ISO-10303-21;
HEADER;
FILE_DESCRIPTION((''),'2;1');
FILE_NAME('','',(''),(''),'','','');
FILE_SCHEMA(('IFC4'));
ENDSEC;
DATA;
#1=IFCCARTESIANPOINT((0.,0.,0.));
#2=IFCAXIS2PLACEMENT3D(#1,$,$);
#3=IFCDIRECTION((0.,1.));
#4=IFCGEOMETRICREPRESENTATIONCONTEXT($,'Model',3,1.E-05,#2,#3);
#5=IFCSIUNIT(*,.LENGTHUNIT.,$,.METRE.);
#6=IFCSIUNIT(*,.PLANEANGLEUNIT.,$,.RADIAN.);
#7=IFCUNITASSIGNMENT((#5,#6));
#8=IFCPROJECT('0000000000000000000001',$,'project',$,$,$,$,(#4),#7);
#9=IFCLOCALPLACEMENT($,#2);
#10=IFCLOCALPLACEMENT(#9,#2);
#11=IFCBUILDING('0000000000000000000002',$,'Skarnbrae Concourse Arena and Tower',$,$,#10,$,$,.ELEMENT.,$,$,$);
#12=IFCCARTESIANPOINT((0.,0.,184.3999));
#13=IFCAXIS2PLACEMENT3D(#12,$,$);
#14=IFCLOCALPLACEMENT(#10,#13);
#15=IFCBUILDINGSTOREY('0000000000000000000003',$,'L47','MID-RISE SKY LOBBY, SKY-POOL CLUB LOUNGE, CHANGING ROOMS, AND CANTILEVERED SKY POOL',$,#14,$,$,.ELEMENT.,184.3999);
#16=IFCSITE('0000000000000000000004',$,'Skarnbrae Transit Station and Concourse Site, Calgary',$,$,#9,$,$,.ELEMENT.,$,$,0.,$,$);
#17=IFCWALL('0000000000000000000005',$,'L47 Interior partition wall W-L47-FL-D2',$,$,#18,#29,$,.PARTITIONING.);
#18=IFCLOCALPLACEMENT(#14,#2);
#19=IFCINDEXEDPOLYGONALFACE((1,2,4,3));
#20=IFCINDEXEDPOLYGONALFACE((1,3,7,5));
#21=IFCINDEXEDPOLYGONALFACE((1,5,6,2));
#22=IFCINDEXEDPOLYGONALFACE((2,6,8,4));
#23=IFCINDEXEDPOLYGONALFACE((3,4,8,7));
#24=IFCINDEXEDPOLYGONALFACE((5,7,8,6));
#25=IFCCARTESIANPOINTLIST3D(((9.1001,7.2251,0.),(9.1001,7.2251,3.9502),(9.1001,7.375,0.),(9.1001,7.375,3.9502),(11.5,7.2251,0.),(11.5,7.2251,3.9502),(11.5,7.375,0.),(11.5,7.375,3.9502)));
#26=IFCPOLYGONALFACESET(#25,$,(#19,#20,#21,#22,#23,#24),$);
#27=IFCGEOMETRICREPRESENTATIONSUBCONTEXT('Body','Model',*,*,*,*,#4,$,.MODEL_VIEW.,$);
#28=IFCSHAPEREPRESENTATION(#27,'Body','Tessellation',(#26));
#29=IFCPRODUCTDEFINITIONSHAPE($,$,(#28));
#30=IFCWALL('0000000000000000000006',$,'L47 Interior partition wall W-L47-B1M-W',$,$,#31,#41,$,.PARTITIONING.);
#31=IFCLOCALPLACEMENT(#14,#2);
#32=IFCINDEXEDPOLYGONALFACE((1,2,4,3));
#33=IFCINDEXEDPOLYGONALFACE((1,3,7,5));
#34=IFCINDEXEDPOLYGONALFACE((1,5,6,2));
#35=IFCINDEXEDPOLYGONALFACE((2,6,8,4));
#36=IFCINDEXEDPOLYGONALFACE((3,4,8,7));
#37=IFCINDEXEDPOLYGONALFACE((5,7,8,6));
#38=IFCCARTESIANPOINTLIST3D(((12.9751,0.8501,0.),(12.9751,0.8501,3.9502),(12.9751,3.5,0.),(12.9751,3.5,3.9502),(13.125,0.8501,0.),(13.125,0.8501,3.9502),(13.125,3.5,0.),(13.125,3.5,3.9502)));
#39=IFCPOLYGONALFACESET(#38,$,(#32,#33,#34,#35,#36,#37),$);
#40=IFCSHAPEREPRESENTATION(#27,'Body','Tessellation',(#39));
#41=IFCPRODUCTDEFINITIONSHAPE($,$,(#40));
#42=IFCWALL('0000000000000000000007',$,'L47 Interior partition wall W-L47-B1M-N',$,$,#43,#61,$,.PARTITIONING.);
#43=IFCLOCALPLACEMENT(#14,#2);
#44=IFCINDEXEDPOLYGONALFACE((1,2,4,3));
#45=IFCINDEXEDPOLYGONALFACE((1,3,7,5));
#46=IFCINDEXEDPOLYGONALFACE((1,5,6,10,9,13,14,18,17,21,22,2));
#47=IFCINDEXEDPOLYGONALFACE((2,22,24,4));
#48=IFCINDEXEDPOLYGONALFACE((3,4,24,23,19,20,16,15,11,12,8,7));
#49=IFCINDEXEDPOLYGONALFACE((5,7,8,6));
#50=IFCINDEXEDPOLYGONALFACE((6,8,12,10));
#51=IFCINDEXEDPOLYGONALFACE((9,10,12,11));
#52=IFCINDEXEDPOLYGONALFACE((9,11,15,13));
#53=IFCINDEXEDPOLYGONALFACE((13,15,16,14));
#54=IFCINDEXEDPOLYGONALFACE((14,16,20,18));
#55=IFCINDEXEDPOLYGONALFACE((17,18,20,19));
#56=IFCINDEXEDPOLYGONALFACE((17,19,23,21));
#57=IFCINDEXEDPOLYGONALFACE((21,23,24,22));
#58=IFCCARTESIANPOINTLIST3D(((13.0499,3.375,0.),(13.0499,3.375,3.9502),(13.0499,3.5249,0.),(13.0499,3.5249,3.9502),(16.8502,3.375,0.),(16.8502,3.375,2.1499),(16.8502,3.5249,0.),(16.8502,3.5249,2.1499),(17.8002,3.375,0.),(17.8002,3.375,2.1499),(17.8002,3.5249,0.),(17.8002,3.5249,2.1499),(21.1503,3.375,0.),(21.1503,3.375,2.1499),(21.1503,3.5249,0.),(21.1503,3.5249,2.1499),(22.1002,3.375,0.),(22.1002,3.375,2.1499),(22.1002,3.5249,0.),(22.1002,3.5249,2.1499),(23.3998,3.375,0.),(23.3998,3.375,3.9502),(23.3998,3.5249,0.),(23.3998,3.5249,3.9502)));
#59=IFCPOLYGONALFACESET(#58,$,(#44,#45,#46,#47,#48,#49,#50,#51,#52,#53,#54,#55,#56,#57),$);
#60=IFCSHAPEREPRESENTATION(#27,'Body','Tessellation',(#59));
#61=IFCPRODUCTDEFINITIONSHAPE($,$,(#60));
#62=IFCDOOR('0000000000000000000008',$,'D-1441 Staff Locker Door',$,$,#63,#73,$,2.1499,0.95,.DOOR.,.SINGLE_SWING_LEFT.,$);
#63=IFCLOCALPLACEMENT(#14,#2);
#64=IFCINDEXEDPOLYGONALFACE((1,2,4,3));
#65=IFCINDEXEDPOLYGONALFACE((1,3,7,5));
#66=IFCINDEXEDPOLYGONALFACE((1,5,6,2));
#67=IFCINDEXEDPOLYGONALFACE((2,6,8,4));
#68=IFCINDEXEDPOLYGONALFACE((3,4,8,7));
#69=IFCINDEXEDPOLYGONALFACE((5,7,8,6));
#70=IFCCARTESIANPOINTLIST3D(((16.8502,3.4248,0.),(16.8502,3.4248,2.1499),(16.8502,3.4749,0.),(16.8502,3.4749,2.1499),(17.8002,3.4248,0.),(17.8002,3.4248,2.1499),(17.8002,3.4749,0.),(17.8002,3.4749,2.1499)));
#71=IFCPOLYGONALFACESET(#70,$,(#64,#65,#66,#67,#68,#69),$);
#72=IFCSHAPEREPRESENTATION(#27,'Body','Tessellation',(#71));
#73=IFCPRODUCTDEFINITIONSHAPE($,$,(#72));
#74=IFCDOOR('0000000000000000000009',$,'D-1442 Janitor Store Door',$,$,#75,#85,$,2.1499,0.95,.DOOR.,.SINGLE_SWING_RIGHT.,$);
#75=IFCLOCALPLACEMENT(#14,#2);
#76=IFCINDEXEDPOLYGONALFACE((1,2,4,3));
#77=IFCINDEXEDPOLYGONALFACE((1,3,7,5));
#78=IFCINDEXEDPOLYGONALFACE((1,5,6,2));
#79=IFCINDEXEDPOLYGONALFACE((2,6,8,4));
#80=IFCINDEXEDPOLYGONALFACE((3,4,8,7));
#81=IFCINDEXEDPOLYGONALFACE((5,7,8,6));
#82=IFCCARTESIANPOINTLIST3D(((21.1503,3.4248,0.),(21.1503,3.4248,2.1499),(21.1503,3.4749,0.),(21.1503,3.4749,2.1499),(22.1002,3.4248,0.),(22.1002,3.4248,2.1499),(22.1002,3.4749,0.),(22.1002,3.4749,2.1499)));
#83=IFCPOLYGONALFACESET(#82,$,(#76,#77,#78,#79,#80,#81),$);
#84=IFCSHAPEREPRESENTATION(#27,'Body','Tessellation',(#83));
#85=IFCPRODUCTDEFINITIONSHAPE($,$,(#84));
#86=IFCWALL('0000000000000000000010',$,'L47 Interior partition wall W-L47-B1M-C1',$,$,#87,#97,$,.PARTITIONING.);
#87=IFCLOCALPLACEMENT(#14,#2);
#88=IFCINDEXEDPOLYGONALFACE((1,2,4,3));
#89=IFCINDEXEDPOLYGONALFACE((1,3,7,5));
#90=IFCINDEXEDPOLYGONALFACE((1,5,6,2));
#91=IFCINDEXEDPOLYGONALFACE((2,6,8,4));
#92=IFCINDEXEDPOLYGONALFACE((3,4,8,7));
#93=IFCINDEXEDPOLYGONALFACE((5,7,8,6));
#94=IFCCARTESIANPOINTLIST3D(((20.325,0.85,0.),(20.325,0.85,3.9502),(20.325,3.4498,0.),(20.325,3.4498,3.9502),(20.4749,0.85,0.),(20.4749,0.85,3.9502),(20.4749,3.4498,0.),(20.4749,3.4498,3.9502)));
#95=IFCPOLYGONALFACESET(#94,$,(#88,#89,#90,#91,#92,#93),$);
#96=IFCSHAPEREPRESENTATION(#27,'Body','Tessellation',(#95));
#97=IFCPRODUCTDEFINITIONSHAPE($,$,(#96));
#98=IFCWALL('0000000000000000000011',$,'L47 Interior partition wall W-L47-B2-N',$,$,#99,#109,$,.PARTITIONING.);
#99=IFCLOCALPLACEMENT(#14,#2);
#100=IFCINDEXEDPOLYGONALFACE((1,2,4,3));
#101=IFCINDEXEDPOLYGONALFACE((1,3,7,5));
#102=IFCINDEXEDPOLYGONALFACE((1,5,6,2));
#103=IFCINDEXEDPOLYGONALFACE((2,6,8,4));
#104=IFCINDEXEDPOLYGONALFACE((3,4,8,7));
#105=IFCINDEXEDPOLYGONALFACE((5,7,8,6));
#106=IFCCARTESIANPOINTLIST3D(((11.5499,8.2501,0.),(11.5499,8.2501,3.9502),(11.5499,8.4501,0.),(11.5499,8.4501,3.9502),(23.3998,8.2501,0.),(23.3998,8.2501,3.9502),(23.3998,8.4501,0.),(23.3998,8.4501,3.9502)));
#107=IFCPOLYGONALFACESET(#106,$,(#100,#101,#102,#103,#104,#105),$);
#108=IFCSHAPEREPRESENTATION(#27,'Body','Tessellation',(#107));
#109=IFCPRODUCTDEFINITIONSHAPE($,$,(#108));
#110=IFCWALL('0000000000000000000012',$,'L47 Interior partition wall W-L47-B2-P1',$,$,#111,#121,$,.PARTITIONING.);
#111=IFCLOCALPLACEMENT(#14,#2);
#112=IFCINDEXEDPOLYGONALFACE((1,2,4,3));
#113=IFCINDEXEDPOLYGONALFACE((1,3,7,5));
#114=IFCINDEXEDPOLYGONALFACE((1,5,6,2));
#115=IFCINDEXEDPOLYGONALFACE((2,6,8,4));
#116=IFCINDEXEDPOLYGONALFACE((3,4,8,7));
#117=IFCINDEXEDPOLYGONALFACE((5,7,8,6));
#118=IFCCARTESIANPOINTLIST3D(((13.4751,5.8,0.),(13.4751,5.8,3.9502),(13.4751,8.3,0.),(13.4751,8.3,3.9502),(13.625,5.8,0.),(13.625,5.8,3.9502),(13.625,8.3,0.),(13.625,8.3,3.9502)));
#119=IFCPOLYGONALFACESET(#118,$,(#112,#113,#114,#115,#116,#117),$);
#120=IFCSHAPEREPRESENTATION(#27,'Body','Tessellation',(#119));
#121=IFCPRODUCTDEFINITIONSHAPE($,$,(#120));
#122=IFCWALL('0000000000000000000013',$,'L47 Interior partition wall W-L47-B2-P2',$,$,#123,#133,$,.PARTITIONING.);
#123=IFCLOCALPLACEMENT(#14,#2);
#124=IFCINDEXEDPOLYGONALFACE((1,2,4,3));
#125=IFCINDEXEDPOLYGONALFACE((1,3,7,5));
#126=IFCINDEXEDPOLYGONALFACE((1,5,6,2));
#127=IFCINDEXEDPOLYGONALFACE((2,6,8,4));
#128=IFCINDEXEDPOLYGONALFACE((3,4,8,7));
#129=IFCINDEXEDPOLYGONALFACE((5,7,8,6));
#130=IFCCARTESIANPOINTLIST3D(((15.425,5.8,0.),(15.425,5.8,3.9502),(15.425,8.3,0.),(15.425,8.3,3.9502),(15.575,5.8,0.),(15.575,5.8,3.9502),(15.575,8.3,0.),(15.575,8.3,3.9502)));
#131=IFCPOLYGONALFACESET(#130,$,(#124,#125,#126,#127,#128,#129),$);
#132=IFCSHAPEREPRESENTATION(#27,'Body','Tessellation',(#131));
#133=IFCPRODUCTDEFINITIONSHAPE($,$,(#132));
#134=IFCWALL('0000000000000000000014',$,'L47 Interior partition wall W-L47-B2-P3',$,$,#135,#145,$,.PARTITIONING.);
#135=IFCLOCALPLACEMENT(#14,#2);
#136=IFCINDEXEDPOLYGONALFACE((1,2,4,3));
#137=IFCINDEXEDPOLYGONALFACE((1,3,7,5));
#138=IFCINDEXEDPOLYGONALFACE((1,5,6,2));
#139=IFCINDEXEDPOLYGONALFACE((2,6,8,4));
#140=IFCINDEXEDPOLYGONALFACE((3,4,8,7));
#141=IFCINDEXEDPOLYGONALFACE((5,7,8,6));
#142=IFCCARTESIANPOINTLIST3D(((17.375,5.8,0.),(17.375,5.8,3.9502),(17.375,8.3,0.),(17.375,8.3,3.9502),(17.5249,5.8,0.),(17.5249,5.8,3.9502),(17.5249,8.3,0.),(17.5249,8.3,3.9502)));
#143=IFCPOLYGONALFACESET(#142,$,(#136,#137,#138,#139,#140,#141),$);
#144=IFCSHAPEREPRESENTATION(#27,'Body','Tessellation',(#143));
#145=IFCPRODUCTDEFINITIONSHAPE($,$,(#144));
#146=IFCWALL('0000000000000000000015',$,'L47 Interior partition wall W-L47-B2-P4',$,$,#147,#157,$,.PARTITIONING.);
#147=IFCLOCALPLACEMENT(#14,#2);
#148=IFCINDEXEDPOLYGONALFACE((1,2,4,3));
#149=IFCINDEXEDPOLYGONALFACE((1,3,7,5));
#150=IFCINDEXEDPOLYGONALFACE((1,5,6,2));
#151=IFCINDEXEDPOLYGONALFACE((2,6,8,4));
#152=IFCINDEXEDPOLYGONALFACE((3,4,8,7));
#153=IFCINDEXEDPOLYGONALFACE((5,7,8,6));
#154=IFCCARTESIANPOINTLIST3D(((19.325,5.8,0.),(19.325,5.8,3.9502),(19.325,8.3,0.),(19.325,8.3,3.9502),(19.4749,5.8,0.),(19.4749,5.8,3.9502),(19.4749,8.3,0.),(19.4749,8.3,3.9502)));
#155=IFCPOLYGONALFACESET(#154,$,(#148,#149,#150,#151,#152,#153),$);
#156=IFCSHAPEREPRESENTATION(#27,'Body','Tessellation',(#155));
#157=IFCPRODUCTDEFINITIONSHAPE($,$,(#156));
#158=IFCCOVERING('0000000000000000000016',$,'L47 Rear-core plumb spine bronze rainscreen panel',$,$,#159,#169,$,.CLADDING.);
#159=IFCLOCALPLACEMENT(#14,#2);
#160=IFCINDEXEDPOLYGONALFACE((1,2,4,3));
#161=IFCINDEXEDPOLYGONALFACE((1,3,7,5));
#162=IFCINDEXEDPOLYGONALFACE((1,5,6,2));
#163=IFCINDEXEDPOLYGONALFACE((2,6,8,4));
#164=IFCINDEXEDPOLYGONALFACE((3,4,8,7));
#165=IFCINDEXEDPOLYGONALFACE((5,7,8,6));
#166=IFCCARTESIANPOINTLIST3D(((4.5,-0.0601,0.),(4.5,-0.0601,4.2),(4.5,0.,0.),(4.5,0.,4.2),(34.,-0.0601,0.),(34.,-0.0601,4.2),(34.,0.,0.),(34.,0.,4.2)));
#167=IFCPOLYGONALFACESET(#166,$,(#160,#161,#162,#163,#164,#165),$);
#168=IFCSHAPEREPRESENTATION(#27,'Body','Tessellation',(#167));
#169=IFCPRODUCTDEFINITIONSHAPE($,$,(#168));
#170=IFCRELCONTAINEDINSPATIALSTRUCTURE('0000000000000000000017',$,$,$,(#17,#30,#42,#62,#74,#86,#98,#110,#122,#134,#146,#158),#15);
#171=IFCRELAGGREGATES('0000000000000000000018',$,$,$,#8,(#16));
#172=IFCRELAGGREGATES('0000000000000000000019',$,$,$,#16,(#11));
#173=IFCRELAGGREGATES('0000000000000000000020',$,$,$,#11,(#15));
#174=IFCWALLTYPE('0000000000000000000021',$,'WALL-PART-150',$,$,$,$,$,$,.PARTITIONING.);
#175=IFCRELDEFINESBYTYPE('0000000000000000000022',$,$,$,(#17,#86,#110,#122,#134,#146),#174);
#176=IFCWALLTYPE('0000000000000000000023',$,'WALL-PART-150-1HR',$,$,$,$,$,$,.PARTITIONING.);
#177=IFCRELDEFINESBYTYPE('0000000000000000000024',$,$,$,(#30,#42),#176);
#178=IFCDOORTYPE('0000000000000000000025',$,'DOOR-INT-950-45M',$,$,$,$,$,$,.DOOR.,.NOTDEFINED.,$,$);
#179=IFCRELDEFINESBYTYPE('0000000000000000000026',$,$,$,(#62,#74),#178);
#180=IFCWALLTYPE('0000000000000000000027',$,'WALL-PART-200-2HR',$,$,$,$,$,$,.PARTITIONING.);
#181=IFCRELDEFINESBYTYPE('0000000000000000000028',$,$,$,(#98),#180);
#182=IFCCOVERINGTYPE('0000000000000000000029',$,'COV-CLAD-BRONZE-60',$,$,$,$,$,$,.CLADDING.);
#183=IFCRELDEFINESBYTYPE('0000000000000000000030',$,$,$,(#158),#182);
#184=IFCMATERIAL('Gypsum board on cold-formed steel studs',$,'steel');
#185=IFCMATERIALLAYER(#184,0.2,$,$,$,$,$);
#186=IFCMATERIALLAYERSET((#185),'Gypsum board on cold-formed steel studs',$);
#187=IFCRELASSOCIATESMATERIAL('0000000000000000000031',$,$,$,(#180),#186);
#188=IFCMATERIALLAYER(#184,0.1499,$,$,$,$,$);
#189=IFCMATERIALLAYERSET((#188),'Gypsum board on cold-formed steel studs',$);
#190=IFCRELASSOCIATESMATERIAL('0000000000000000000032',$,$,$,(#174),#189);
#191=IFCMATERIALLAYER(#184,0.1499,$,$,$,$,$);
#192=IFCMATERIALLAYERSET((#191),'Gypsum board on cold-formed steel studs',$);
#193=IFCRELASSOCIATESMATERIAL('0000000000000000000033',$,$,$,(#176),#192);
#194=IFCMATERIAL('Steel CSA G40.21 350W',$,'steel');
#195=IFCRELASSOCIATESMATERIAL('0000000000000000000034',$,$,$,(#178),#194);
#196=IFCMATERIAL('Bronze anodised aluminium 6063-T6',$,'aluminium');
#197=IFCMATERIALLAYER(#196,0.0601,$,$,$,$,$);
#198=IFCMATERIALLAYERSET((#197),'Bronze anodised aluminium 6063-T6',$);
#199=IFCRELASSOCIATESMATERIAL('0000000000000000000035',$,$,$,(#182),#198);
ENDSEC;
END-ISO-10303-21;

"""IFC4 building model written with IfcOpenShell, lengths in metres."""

from ifc_helpers import new_model, si_unit, direction, frame, frame_2d, origin, origin_2d, place, context, subcontext, project, spatial, rectangle, extrude, source, transform, mapped, material, layer, layer_set, type_object, element, fill, save


model = new_model("IFC4")

# Units and contexts
model_context = context("Model", 3, precision=1e-05, world=origin(), true_north=direction((0.0, 1.0)))
body_context = subcontext(model_context, "Body", "Model", "MODEL_VIEW")
ifc_project = project(units=[si_unit("LENGTHUNIT", "METRE"), si_unit("PLANEANGLEUNIT", "RADIAN")], contexts=[model_context])

# Site, building, storey
site_placement = place(None, origin())
site = spatial("IfcSite", under=ifc_project, at=site_placement, Name="Skarnbrae Transit Station and Concourse Site, Calgary", CompositionType="ELEMENT", RefElevation=0.0)
building_placement = place(site_placement, origin())
building = spatial("IfcBuilding", under=site, at=building_placement, Name="Skarnbrae Concourse Arena and Tower", CompositionType="ELEMENT")
storey_placement = place(building_placement, frame((0.0, 0.0, 184.3999)))
storey = spatial("IfcBuildingStorey", under=building, at=storey_placement, Name="L47", Description="MID-RISE SKY LOBBY, SKY-POOL CLUB LOUNGE, CHANGING ROOMS, AND CANTILEVERED SKY POOL", CompositionType="ELEMENT", Elevation=184.3999)

# Shared definitions
ifc_material_1 = material(Name="Gypsum board on cold-formed steel studs", Category="steel")
ifc_layer_1 = layer(ifc_material_1, 0.2)
ifc_layer_set_1 = layer_set([ifc_layer_1], Name="Gypsum board on cold-formed steel studs")
wall_type_1 = type_object("IfcWallType", Name="WALL-PART-200-2HR", PredefinedType="PARTITIONING", material=ifc_layer_set_1)
ifc_material_2 = material(Name="Steel CSA G40.21 350W", Category="steel")

# Walls
ifc_layer_2 = layer(ifc_material_1, 0.1499)
ifc_layer_set_2 = layer_set([ifc_layer_2], Name="Gypsum board on cold-formed steel studs")
wall_type_2 = type_object("IfcWallType", Name="WALL-PART-150", PredefinedType="PARTITIONING", material=ifc_layer_set_2)
shared_shape_1 = source(origin(), body_context, "Body", "SweptSolid", [
    extrude(rectangle(XDim=2.3999, YDim=0.1499, at=frame_2d((1.2, 0.0))), origin(), (0.0, 0.0, 1.0), 3.9502),
])
wall_1_placement = place(storey_placement, frame((9.1001, 7.3, 0.0), z_axis=(0.0, 0.0, 1.0), x_axis=(1.0, 0.0, 0.0)))
element("IfcWall", 1, at=wall_1_placement, inside=storey, type_object=wall_type_2, Name="L47 Interior partition wall W-L47-FL-D2", PredefinedType="PARTITIONING", context=body_context, shape_type="MappedRepresentation", body=[
    mapped(shared_shape_1, transform((0.0, 0.0, 0.0))),
])
ifc_layer_3 = layer(ifc_material_1, 0.1499)
ifc_layer_set_3 = layer_set([ifc_layer_3], Name="Gypsum board on cold-formed steel studs")
wall_type_3 = type_object("IfcWallType", Name="WALL-PART-150-1HR", PredefinedType="PARTITIONING", material=ifc_layer_set_3)
shared_shape_2 = source(origin(), body_context, "Body", "SweptSolid", [
    extrude(rectangle(XDim=2.6499, YDim=0.1499, at=frame_2d((1.325, 0.0))), origin(), (0.0, 0.0, 1.0), 3.9502),
])
wall_2_placement = place(storey_placement, frame((13.05, 0.8501, 0.0), z_axis=(0.0, 0.0, 1.0), x_axis=(0.0, 1.0, 0.0)))
element("IfcWall", 2, at=wall_2_placement, inside=storey, type_object=wall_type_3, Name="L47 Interior partition wall W-L47-B1M-W", PredefinedType="PARTITIONING", context=body_context, shape_type="MappedRepresentation", body=[
    mapped(shared_shape_2, transform((0.0, 0.0, 0.0))),
])

# Wall, openings, doors
shared_shape_3 = source(origin(), body_context, "Body", "SweptSolid", [
    extrude(rectangle(XDim=10.3499, YDim=0.1499, at=frame_2d((5.1748, 0.0))), origin(), (0.0, 0.0, 1.0), 3.9502),
])
wall_3_placement = place(storey_placement, frame((13.05, 3.45, 0.0), z_axis=(0.0, 0.0, 1.0), x_axis=(1.0, 0.0, 0.0)))
wall_3 = element("IfcWall", 3, at=wall_3_placement, inside=storey, type_object=wall_type_3, Name="L47 Interior partition wall W-L47-B1M-N", PredefinedType="PARTITIONING", context=body_context, shape_type="MappedRepresentation", body=[
    mapped(shared_shape_3, transform((0.0, 0.0, 0.0))),
])
opening_1_placement = place(wall_3_placement, frame((3.8, 0.0, 0.0)))
opening_1 = element("IfcOpeningElement", 4, at=opening_1_placement, cuts=wall_3, PredefinedType="OPENING", context=body_context, shape_type="SweptSolid", body=[
    extrude(rectangle(XDim=0.95, YDim=2.1499, at=frame_2d((0.4751, 1.075))), frame((0.0, 0.085, 0.0), z_axis=(0.0, -1.0, 0.0), x_axis=(1.0, 0.0, 0.0)), (0.0, 0.0, 1.0), 0.1699),
])
opening_2_placement = place(wall_3_placement, frame((8.1001, 0.0, 0.0)))
opening_2 = element("IfcOpeningElement", 5, at=opening_2_placement, cuts=wall_3, PredefinedType="OPENING", context=body_context, shape_type="SweptSolid", body=[
    extrude(rectangle(XDim=0.95, YDim=2.1499, at=frame_2d((0.4751, 1.075))), frame((0.0, 0.085, 0.0), z_axis=(0.0, -1.0, 0.0), x_axis=(1.0, 0.0, 0.0)), (0.0, 0.0, 1.0), 0.1699),
])
door_type_1 = type_object("IfcDoorType", Name="DOOR-INT-950-45M", OperationType="NOTDEFINED", PredefinedType="DOOR", material=ifc_material_2)
shared_shape_4 = source(origin(), body_context, "Body", "SweptSolid", [
    extrude(rectangle(XDim=0.95, YDim=2.1499, at=frame_2d((0.4751, 1.075))), frame((0.0, 0.0249, 0.0), z_axis=(0.0, -1.0, 0.0), x_axis=(1.0, 0.0, 0.0)), (0.0, 0.0, 1.0), 0.05),
])
door_1_placement = place(opening_1_placement, origin())
door_1 = element("IfcDoor", 6, at=door_1_placement, inside=storey, type_object=door_type_1, Name="D-1441 Staff Locker Door", OperationType="SINGLE_SWING_LEFT", OverallHeight=2.1499, OverallWidth=0.95, PredefinedType="DOOR", context=body_context, shape_type="MappedRepresentation", body=[
    mapped(shared_shape_4, transform((0.0, 0.0, 0.0))),
])
fill(opening_1, door_1)
door_2_placement = place(opening_2_placement, origin())
door_2 = element("IfcDoor", 7, at=door_2_placement, inside=storey, type_object=door_type_1, Name="D-1442 Janitor Store Door", OperationType="SINGLE_SWING_RIGHT", OverallHeight=2.1499, OverallWidth=0.95, PredefinedType="DOOR", context=body_context, shape_type="MappedRepresentation", body=[
    mapped(shared_shape_4, transform((0.0, 0.0, 0.0))),
])
fill(opening_2, door_2)

# Wall
shared_shape_5 = source(origin(), body_context, "Body", "SweptSolid", [
    extrude(rectangle(XDim=2.5999, YDim=0.1499, at=frame_2d((1.2998, 0.0))), origin(), (0.0, 0.0, 1.0), 3.9502),
])
wall_4_placement = place(storey_placement, frame((20.3999, 0.8501, 0.0), z_axis=(0.0, 0.0, 1.0), x_axis=(0.0, 1.0, 0.0)))
element("IfcWall", 8, at=wall_4_placement, inside=storey, type_object=wall_type_2, Name="L47 Interior partition wall W-L47-B1M-C1", PredefinedType="PARTITIONING", context=body_context, shape_type="MappedRepresentation", body=[
    mapped(shared_shape_5, transform((0.0, 0.0, 0.0))),
])

# Shared definitions
shared_shape_6 = source(origin(), body_context, "Body", "SweptSolid", [
    extrude(rectangle(XDim=11.8499, YDim=0.2, at=frame_2d((5.9248, 0.0))), origin(), (0.0, 0.0, 1.0), 3.9502),
])
ifc_material_3 = material(Name="Bronze anodised aluminium 6063-T6", Category="aluminium")

# Walls
wall_5_placement = place(storey_placement, frame((11.55, 8.3501, 0.0), z_axis=(0.0, 0.0, 1.0), x_axis=(1.0, 0.0, 0.0)))
element("IfcWall", 9, at=wall_5_placement, inside=storey, type_object=wall_type_1, Name="L47 Interior partition wall W-L47-B2-N", PredefinedType="PARTITIONING", context=body_context, shape_type="MappedRepresentation", body=[
    mapped(shared_shape_6, transform((0.0, 0.0, 0.0))),
])
shared_shape_7 = source(origin(), body_context, "Body", "SweptSolid", [
    extrude(rectangle(XDim=2.5, YDim=0.1499, at=frame_2d((1.25, 0.0))), origin(), (0.0, 0.0, 1.0), 3.9502),
])
for number, where, z_axis, x_axis, name in (
    (10, (13.55, 5.8, 0.0), (0.0, 0.0, 1.0), (0.0, 1.0, 0.0), "L47 Interior partition wall W-L47-B2-P1"),
    (11, (15.5, 5.8, 0.0), (0.0, 0.0, 1.0), (0.0, 1.0, 0.0), "L47 Interior partition wall W-L47-B2-P2"),
    (12, (17.45, 5.8, 0.0), (0.0, 0.0, 1.0), (0.0, 1.0, 0.0), "L47 Interior partition wall W-L47-B2-P3"),
    (13, (19.3999, 5.8, 0.0), (0.0, 0.0, 1.0), (0.0, 1.0, 0.0), "L47 Interior partition wall W-L47-B2-P4"),
):
    element("IfcWall", number, at=place(storey_placement, frame(where, z_axis=z_axis, x_axis=x_axis)), inside=storey, type_object=wall_type_2, Name=name, PredefinedType="PARTITIONING", context=body_context, shape_type="MappedRepresentation", body=[
        mapped(shared_shape_7, transform((0.0, 0.0, 0.0))),
    ])

# Covering
ifc_layer_4 = layer(ifc_material_3, 0.0601)
ifc_layer_set_4 = layer_set([ifc_layer_4], Name="Bronze anodised aluminium 6063-T6")
covering_type = type_object("IfcCoveringType", Name="COV-CLAD-BRONZE-60", PredefinedType="CLADDING", material=ifc_layer_set_4)
shared_shape_8 = source(origin(), body_context, "Body", "SweptSolid", [
    extrude(rectangle(XDim=29.5, YDim=0.0601, at=origin_2d()), origin(), (0.0, 0.0, 1.0), 4.2),
])
covering_placement = place(storey_placement, frame((19.25, -0.03, 0.0), z_axis=(0.0, 0.0, 1.0), x_axis=(1.0, 0.0, 0.0)))
element("IfcCovering", 14, at=covering_placement, inside=storey, type_object=covering_type, Name="L47 Rear-core plumb spine bronze rainscreen panel", PredefinedType="CLADDING", context=body_context, shape_type="MappedRepresentation", body=[
    mapped(shared_shape_8, transform((0.0, 0.0, 0.0))),
])

save(model, "model.ifc")
